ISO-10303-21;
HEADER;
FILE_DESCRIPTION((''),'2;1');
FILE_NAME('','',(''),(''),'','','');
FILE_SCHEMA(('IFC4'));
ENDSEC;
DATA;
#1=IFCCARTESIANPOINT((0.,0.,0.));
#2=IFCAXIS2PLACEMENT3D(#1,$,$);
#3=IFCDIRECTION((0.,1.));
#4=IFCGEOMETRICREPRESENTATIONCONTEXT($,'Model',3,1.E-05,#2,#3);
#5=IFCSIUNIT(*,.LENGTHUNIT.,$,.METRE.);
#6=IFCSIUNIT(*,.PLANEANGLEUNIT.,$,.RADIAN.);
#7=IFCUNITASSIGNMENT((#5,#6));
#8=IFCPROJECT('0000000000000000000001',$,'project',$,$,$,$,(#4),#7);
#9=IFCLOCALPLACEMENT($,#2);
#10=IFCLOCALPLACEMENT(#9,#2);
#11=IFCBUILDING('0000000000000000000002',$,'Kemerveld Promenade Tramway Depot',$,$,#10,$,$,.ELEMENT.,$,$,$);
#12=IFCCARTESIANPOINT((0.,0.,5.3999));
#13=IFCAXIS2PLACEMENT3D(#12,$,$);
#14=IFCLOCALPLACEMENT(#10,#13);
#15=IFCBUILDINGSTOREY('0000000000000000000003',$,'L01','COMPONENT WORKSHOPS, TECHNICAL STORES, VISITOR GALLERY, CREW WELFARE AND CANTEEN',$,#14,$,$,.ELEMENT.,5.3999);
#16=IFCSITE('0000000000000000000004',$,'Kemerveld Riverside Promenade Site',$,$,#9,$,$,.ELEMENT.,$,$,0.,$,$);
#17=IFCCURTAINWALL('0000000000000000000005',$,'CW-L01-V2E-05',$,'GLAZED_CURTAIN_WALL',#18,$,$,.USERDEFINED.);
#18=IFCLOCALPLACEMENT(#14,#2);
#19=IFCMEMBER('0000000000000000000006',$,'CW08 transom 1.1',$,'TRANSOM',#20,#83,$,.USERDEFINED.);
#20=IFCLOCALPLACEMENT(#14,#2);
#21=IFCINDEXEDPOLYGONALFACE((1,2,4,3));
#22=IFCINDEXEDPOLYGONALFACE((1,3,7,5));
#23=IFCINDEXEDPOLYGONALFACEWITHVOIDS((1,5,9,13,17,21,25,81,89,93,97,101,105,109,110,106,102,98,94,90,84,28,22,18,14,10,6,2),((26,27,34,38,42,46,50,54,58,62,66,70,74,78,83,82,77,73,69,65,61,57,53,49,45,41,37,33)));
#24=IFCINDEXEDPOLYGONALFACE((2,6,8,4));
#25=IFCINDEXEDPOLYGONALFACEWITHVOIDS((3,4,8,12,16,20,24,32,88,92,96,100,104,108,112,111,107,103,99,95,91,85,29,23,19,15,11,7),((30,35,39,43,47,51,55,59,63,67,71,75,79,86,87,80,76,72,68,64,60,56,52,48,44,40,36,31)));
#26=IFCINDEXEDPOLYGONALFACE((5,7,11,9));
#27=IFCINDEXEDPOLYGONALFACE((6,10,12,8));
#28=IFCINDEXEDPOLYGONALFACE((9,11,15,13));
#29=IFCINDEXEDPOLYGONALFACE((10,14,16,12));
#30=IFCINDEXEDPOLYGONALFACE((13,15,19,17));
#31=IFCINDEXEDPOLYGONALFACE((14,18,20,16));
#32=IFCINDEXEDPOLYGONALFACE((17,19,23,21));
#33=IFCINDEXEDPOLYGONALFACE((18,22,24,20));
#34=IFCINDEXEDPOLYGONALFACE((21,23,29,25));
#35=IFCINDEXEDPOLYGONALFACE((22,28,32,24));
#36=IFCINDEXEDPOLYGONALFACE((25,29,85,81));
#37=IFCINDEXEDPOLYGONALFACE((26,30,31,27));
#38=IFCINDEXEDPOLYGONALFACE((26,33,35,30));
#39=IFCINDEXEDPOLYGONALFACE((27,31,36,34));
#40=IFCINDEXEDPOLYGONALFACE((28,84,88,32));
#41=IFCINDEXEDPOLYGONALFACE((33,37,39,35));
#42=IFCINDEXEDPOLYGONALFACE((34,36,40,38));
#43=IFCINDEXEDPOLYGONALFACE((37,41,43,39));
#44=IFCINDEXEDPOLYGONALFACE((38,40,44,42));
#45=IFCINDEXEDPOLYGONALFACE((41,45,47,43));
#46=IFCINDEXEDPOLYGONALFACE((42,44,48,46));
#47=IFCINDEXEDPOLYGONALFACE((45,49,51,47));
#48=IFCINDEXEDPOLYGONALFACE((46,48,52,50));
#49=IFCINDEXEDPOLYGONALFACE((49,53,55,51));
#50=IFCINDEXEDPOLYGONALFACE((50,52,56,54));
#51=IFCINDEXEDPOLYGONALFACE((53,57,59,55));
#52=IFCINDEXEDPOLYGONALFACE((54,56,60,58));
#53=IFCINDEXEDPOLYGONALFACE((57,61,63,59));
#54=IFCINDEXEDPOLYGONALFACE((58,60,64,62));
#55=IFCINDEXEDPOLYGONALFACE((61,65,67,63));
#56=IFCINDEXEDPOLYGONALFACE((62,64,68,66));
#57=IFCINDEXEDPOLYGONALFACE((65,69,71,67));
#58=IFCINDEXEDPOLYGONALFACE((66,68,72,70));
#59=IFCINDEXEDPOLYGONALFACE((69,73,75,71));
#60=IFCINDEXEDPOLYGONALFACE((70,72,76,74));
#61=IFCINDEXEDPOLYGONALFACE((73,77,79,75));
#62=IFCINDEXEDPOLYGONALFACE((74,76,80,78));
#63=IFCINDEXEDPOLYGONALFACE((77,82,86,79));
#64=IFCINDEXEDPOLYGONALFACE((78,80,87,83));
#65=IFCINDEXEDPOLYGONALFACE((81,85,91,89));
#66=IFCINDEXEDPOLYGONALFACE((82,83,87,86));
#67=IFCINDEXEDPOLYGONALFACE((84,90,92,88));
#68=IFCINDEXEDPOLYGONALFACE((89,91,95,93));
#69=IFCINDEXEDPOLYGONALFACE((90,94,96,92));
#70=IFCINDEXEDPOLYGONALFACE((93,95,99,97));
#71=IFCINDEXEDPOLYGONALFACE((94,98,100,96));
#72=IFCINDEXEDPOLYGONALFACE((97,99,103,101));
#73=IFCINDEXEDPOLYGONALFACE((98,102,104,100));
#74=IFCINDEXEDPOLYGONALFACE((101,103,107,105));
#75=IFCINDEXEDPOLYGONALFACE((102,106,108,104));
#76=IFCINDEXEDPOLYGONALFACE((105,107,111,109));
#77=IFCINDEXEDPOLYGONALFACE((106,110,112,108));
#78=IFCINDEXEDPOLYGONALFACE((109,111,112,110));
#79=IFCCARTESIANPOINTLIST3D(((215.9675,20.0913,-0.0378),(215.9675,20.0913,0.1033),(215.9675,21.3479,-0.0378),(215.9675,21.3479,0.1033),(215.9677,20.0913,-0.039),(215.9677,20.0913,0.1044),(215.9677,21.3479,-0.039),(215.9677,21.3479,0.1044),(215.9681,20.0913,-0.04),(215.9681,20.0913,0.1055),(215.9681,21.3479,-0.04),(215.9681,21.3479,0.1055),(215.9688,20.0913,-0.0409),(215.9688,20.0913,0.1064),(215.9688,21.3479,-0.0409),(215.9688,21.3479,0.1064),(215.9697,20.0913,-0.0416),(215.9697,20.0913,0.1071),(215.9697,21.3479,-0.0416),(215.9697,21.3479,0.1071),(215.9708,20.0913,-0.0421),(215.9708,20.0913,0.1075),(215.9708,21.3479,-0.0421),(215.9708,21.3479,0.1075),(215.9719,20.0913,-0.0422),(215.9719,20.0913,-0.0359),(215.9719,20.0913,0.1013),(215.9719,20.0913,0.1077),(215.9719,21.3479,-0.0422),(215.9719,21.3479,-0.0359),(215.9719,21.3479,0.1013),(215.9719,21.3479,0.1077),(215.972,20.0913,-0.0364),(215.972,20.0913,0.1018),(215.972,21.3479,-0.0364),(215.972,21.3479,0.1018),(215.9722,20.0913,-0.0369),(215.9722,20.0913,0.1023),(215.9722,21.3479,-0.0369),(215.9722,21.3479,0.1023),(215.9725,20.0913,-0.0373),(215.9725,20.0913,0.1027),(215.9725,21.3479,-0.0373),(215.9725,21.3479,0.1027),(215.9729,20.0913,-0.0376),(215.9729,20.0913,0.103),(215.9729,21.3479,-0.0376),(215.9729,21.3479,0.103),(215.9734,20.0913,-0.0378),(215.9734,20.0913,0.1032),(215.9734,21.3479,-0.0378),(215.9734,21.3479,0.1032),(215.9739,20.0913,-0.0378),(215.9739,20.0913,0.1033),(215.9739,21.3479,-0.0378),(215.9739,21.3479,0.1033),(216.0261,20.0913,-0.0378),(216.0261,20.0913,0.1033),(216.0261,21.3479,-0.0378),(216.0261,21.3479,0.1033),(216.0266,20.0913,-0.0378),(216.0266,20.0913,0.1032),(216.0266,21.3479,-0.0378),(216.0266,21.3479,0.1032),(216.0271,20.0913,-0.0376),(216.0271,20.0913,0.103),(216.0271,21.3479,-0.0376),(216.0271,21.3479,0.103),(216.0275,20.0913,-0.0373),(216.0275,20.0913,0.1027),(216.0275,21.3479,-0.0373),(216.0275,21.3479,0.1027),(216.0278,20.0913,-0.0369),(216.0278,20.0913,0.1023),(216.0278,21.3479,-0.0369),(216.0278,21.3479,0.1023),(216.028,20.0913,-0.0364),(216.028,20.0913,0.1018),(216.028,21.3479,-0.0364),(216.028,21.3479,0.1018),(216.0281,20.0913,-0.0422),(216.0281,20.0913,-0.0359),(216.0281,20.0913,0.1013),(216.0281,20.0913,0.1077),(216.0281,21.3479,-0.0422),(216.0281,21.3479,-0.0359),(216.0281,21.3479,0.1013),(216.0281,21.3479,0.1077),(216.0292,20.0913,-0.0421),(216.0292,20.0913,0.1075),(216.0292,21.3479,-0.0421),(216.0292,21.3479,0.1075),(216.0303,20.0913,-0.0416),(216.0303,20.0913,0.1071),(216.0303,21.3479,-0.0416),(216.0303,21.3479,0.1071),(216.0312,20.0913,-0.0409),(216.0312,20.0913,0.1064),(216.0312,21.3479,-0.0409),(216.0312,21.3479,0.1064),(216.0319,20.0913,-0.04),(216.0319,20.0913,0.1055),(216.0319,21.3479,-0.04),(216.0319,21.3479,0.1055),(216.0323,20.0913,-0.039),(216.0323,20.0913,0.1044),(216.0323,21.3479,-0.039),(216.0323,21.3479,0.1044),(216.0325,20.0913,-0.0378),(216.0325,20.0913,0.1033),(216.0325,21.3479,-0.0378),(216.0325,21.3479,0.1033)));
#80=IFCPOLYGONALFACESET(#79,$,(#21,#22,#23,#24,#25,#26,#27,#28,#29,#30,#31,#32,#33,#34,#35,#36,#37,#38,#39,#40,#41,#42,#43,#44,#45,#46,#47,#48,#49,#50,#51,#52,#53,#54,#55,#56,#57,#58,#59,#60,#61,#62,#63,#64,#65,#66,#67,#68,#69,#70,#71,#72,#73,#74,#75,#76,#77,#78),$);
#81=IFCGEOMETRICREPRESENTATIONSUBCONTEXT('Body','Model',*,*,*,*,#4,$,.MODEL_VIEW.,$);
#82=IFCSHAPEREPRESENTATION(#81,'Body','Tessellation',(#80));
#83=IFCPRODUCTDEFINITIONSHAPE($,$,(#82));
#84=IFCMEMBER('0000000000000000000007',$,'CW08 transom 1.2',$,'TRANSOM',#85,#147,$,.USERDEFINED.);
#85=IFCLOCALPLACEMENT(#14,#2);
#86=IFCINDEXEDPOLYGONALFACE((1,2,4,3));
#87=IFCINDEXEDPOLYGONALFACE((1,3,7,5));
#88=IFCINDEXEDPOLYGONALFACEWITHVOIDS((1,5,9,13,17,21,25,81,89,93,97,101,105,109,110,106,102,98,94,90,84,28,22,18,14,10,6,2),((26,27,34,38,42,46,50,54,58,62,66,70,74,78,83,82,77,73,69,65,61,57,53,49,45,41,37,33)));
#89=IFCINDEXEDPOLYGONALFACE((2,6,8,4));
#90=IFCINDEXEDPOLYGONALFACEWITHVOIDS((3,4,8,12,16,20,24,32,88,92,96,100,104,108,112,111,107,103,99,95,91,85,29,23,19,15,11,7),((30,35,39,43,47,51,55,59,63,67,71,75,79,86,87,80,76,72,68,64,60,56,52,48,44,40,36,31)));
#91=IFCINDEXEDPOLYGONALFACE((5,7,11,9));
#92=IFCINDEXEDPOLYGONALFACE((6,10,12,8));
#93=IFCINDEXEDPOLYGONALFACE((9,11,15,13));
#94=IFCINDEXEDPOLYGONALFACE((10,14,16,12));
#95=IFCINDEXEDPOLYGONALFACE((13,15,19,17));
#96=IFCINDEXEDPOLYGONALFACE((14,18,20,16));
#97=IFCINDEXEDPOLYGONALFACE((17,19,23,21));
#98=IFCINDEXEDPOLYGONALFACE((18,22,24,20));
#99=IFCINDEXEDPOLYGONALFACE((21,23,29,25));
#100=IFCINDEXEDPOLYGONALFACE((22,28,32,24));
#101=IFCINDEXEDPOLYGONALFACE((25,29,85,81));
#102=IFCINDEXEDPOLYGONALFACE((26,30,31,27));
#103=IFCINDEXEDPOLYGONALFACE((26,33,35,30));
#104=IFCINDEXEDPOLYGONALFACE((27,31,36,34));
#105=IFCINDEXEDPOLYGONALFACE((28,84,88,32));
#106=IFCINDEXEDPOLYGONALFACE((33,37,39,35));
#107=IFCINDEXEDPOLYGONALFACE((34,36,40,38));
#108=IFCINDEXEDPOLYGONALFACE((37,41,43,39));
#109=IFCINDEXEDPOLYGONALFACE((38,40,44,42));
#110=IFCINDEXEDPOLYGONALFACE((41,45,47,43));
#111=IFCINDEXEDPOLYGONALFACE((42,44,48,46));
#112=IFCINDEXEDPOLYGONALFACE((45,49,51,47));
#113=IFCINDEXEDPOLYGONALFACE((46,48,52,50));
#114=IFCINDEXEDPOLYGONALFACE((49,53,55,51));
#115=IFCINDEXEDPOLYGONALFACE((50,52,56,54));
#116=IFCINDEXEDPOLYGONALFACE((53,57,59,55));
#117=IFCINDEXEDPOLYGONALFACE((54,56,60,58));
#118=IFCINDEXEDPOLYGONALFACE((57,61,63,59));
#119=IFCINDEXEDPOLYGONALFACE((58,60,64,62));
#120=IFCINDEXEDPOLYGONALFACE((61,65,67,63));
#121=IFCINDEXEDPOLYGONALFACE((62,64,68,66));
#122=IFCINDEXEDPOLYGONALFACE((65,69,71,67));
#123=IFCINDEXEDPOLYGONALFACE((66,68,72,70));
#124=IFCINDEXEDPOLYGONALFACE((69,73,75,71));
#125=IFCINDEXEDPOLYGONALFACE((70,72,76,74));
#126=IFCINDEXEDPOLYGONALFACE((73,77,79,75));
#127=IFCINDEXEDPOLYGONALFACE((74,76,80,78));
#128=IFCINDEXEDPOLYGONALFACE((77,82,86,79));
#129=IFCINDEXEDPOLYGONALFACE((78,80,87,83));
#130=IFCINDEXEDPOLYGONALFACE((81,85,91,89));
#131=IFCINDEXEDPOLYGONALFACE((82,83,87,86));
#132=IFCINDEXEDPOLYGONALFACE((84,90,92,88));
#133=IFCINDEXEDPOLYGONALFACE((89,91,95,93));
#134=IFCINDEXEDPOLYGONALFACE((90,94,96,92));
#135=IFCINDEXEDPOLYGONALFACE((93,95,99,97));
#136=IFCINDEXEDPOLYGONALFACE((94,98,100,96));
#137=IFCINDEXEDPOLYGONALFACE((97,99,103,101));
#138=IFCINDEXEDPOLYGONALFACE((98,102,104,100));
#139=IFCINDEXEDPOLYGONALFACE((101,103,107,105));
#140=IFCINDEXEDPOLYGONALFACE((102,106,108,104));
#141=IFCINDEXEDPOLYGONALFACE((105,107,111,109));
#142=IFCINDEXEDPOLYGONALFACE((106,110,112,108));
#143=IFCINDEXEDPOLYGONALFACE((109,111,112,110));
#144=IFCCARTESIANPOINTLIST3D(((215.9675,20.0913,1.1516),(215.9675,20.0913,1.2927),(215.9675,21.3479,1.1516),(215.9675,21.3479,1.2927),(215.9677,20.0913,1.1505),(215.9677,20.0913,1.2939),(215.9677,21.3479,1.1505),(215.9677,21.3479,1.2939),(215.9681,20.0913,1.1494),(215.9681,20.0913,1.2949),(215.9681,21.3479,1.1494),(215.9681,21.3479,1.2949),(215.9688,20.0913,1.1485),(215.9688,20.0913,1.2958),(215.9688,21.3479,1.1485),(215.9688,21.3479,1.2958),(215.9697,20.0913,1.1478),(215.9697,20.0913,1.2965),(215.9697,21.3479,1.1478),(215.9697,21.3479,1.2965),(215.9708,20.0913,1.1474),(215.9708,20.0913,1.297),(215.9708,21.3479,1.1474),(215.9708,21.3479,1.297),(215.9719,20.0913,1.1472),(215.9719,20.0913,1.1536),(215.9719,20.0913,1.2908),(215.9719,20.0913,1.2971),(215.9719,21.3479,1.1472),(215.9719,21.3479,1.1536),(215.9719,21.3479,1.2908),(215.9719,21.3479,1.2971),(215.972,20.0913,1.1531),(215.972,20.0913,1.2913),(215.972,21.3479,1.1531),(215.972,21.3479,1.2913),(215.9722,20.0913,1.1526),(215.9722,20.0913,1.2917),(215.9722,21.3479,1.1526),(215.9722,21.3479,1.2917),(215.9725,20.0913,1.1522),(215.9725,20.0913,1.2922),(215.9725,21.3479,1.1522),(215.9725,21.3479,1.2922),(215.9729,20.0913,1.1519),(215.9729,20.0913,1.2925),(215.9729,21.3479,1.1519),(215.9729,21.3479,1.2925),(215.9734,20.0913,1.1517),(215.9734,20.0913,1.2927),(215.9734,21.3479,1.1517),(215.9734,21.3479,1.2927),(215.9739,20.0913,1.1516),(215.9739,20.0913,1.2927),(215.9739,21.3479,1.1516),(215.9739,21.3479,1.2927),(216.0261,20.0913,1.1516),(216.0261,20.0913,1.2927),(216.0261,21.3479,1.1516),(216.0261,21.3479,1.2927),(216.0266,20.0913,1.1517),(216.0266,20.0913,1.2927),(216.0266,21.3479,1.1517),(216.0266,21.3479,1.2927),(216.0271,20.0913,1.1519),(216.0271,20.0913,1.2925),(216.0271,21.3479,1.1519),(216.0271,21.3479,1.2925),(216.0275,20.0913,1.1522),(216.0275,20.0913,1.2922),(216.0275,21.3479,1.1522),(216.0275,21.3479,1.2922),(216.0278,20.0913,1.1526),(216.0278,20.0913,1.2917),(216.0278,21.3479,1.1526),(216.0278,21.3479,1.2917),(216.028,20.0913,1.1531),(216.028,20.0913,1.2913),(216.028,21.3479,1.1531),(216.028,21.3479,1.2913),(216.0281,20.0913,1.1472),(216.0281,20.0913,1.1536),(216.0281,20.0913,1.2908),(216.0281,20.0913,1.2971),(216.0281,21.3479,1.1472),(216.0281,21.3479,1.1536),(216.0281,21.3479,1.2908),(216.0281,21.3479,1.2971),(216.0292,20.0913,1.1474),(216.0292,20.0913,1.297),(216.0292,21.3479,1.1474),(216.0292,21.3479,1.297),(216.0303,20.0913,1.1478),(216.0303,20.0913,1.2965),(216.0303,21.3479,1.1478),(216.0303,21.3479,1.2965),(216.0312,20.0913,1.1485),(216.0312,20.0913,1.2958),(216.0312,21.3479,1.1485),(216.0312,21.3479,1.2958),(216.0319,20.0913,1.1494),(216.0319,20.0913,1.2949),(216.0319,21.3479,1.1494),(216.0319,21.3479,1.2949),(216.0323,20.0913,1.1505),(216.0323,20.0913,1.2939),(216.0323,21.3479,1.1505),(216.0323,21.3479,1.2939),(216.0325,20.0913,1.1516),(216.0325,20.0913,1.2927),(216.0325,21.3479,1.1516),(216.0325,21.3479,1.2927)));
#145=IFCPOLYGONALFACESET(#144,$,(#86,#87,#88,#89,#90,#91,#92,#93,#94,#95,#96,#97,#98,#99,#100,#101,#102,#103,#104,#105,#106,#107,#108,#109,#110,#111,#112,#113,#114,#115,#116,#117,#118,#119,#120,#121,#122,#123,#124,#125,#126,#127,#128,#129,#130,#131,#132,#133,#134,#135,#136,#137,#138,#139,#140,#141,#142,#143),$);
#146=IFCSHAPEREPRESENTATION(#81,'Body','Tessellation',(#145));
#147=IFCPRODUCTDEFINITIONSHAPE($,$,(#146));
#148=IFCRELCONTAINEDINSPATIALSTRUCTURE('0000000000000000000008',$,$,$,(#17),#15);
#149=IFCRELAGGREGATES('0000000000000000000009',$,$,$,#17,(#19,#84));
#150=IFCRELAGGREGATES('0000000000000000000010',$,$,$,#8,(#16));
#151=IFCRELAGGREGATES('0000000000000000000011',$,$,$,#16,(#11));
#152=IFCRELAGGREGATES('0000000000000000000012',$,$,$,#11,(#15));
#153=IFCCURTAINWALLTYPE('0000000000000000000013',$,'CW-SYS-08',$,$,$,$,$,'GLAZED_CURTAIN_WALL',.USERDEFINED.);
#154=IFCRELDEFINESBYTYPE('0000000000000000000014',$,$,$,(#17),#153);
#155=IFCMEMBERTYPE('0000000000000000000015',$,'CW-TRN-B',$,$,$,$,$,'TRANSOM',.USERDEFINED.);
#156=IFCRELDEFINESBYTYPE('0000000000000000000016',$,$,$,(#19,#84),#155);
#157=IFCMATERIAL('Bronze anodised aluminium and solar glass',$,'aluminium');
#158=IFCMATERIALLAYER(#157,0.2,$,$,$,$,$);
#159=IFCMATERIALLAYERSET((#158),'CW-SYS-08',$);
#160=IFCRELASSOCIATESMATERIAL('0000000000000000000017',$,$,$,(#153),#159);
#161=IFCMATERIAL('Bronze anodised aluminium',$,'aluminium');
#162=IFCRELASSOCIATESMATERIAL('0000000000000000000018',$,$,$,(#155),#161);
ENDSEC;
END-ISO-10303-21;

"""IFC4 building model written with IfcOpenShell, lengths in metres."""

from ifc_helpers import new_model, si_unit, direction, frame, origin, origin_2d, place, context, subcontext, project, spatial, hollow_rectangle, extrude, material, layer, layer_set, material_profile, profile_set, type_object, element, aggregate, save


model = new_model("IFC4")

# Units and contexts
model_context = context("Model", 3, precision=1e-05, world=origin(), true_north=direction((0.0, 1.0)))
body_context = subcontext(model_context, "Body", "Model", "MODEL_VIEW")
ifc_project = project(units=[si_unit("LENGTHUNIT", "METRE"), si_unit("PLANEANGLEUNIT", "RADIAN")], contexts=[model_context])

# Site, building, storey
site_placement = place(None, origin())
site = spatial("IfcSite", under=ifc_project, at=site_placement, Name="Kemerveld Riverside Promenade Site", CompositionType="ELEMENT", RefElevation=0.0)
building_placement = place(site_placement, origin())
building = spatial("IfcBuilding", under=site, at=building_placement, Name="Kemerveld Promenade Tramway Depot", CompositionType="ELEMENT")
storey_placement = place(building_placement, frame((0.0, 0.0, 5.3999)))
storey = spatial("IfcBuildingStorey", under=building, at=storey_placement, Name="L01", Description="COMPONENT WORKSHOPS, TECHNICAL STORES, VISITOR GALLERY, CREW WELFARE AND CANTEEN", CompositionType="ELEMENT", Elevation=5.3999)

# Curtain wall, members
ifc_material_1 = material(Name="Bronze anodised aluminium and solar glass", Category="aluminium")
ifc_layer_1 = layer(ifc_material_1, 0.2)
ifc_layer_set_1 = layer_set([ifc_layer_1], Name="CW-SYS-08")
curtain_wall_type = type_object("IfcCurtainWallType", Name="CW-SYS-08", ElementType="GLAZED_CURTAIN_WALL", PredefinedType="USERDEFINED", material=ifc_layer_set_1)
curtain_wall_placement = place(storey_placement, origin())
curtain_wall = element("IfcCurtainWall", 1, at=curtain_wall_placement, inside=storey, type_object=curtain_wall_type, Name="CW-L01-V2E-05", ObjectType="GLAZED_CURTAIN_WALL", PredefinedType="USERDEFINED")
ifc_material_2 = material(Name="Bronze anodised aluminium", Category="aluminium")
ifc_material_profile_1 = material_profile(ifc_material_2, hollow_rectangle(XDim=0.0649, YDim=0.1499, WallThickness=0.0044, InnerFilletRadius=0.002, OuterFilletRadius=0.0044, at=origin_2d()), Name="CW-TRN-150x65")
ifc_profile_set_1 = profile_set([ifc_material_profile_1], Name="Bronze anodised aluminium")
member_type = type_object("IfcMemberType", Name="CW-TRN-B", ElementType="TRANSOM", PredefinedType="USERDEFINED", material=ifc_profile_set_1)
member_1_placement = place(storey_placement, frame((216.0, 21.3479, 0.0327), z_axis=(0.0, -1.0, 0.0), x_axis=(1.0, 0.0, 0.0)))
member_1 = element("IfcMember", 2, at=member_1_placement, type_object=member_type, Name="CW08 transom 1.1", ObjectType="TRANSOM", PredefinedType="USERDEFINED", context=body_context, shape_type="SweptSolid", body=[
    extrude(hollow_rectangle(XDim=0.0649, YDim=0.1499, WallThickness=0.0044, InnerFilletRadius=0.002, OuterFilletRadius=0.0044, at=origin_2d()), origin(), (0.0, 0.0, 1.0), 1.2566),
])
member_2_placement = place(storey_placement, frame((216.0, 21.3479, 1.2222), z_axis=(0.0, -1.0, 0.0), x_axis=(1.0, 0.0, 0.0)))
member_2 = element("IfcMember", 3, at=member_2_placement, type_object=member_type, Name="CW08 transom 1.2", ObjectType="TRANSOM", PredefinedType="USERDEFINED", context=body_context, shape_type="SweptSolid", body=[
    extrude(hollow_rectangle(XDim=0.0649, YDim=0.1499, WallThickness=0.0044, InnerFilletRadius=0.002, OuterFilletRadius=0.0044, at=origin_2d()), origin(), (0.0, 0.0, 1.0), 1.2566),
])
aggregate(curtain_wall, [member_1, member_2])

save(model, "model.ifc")
